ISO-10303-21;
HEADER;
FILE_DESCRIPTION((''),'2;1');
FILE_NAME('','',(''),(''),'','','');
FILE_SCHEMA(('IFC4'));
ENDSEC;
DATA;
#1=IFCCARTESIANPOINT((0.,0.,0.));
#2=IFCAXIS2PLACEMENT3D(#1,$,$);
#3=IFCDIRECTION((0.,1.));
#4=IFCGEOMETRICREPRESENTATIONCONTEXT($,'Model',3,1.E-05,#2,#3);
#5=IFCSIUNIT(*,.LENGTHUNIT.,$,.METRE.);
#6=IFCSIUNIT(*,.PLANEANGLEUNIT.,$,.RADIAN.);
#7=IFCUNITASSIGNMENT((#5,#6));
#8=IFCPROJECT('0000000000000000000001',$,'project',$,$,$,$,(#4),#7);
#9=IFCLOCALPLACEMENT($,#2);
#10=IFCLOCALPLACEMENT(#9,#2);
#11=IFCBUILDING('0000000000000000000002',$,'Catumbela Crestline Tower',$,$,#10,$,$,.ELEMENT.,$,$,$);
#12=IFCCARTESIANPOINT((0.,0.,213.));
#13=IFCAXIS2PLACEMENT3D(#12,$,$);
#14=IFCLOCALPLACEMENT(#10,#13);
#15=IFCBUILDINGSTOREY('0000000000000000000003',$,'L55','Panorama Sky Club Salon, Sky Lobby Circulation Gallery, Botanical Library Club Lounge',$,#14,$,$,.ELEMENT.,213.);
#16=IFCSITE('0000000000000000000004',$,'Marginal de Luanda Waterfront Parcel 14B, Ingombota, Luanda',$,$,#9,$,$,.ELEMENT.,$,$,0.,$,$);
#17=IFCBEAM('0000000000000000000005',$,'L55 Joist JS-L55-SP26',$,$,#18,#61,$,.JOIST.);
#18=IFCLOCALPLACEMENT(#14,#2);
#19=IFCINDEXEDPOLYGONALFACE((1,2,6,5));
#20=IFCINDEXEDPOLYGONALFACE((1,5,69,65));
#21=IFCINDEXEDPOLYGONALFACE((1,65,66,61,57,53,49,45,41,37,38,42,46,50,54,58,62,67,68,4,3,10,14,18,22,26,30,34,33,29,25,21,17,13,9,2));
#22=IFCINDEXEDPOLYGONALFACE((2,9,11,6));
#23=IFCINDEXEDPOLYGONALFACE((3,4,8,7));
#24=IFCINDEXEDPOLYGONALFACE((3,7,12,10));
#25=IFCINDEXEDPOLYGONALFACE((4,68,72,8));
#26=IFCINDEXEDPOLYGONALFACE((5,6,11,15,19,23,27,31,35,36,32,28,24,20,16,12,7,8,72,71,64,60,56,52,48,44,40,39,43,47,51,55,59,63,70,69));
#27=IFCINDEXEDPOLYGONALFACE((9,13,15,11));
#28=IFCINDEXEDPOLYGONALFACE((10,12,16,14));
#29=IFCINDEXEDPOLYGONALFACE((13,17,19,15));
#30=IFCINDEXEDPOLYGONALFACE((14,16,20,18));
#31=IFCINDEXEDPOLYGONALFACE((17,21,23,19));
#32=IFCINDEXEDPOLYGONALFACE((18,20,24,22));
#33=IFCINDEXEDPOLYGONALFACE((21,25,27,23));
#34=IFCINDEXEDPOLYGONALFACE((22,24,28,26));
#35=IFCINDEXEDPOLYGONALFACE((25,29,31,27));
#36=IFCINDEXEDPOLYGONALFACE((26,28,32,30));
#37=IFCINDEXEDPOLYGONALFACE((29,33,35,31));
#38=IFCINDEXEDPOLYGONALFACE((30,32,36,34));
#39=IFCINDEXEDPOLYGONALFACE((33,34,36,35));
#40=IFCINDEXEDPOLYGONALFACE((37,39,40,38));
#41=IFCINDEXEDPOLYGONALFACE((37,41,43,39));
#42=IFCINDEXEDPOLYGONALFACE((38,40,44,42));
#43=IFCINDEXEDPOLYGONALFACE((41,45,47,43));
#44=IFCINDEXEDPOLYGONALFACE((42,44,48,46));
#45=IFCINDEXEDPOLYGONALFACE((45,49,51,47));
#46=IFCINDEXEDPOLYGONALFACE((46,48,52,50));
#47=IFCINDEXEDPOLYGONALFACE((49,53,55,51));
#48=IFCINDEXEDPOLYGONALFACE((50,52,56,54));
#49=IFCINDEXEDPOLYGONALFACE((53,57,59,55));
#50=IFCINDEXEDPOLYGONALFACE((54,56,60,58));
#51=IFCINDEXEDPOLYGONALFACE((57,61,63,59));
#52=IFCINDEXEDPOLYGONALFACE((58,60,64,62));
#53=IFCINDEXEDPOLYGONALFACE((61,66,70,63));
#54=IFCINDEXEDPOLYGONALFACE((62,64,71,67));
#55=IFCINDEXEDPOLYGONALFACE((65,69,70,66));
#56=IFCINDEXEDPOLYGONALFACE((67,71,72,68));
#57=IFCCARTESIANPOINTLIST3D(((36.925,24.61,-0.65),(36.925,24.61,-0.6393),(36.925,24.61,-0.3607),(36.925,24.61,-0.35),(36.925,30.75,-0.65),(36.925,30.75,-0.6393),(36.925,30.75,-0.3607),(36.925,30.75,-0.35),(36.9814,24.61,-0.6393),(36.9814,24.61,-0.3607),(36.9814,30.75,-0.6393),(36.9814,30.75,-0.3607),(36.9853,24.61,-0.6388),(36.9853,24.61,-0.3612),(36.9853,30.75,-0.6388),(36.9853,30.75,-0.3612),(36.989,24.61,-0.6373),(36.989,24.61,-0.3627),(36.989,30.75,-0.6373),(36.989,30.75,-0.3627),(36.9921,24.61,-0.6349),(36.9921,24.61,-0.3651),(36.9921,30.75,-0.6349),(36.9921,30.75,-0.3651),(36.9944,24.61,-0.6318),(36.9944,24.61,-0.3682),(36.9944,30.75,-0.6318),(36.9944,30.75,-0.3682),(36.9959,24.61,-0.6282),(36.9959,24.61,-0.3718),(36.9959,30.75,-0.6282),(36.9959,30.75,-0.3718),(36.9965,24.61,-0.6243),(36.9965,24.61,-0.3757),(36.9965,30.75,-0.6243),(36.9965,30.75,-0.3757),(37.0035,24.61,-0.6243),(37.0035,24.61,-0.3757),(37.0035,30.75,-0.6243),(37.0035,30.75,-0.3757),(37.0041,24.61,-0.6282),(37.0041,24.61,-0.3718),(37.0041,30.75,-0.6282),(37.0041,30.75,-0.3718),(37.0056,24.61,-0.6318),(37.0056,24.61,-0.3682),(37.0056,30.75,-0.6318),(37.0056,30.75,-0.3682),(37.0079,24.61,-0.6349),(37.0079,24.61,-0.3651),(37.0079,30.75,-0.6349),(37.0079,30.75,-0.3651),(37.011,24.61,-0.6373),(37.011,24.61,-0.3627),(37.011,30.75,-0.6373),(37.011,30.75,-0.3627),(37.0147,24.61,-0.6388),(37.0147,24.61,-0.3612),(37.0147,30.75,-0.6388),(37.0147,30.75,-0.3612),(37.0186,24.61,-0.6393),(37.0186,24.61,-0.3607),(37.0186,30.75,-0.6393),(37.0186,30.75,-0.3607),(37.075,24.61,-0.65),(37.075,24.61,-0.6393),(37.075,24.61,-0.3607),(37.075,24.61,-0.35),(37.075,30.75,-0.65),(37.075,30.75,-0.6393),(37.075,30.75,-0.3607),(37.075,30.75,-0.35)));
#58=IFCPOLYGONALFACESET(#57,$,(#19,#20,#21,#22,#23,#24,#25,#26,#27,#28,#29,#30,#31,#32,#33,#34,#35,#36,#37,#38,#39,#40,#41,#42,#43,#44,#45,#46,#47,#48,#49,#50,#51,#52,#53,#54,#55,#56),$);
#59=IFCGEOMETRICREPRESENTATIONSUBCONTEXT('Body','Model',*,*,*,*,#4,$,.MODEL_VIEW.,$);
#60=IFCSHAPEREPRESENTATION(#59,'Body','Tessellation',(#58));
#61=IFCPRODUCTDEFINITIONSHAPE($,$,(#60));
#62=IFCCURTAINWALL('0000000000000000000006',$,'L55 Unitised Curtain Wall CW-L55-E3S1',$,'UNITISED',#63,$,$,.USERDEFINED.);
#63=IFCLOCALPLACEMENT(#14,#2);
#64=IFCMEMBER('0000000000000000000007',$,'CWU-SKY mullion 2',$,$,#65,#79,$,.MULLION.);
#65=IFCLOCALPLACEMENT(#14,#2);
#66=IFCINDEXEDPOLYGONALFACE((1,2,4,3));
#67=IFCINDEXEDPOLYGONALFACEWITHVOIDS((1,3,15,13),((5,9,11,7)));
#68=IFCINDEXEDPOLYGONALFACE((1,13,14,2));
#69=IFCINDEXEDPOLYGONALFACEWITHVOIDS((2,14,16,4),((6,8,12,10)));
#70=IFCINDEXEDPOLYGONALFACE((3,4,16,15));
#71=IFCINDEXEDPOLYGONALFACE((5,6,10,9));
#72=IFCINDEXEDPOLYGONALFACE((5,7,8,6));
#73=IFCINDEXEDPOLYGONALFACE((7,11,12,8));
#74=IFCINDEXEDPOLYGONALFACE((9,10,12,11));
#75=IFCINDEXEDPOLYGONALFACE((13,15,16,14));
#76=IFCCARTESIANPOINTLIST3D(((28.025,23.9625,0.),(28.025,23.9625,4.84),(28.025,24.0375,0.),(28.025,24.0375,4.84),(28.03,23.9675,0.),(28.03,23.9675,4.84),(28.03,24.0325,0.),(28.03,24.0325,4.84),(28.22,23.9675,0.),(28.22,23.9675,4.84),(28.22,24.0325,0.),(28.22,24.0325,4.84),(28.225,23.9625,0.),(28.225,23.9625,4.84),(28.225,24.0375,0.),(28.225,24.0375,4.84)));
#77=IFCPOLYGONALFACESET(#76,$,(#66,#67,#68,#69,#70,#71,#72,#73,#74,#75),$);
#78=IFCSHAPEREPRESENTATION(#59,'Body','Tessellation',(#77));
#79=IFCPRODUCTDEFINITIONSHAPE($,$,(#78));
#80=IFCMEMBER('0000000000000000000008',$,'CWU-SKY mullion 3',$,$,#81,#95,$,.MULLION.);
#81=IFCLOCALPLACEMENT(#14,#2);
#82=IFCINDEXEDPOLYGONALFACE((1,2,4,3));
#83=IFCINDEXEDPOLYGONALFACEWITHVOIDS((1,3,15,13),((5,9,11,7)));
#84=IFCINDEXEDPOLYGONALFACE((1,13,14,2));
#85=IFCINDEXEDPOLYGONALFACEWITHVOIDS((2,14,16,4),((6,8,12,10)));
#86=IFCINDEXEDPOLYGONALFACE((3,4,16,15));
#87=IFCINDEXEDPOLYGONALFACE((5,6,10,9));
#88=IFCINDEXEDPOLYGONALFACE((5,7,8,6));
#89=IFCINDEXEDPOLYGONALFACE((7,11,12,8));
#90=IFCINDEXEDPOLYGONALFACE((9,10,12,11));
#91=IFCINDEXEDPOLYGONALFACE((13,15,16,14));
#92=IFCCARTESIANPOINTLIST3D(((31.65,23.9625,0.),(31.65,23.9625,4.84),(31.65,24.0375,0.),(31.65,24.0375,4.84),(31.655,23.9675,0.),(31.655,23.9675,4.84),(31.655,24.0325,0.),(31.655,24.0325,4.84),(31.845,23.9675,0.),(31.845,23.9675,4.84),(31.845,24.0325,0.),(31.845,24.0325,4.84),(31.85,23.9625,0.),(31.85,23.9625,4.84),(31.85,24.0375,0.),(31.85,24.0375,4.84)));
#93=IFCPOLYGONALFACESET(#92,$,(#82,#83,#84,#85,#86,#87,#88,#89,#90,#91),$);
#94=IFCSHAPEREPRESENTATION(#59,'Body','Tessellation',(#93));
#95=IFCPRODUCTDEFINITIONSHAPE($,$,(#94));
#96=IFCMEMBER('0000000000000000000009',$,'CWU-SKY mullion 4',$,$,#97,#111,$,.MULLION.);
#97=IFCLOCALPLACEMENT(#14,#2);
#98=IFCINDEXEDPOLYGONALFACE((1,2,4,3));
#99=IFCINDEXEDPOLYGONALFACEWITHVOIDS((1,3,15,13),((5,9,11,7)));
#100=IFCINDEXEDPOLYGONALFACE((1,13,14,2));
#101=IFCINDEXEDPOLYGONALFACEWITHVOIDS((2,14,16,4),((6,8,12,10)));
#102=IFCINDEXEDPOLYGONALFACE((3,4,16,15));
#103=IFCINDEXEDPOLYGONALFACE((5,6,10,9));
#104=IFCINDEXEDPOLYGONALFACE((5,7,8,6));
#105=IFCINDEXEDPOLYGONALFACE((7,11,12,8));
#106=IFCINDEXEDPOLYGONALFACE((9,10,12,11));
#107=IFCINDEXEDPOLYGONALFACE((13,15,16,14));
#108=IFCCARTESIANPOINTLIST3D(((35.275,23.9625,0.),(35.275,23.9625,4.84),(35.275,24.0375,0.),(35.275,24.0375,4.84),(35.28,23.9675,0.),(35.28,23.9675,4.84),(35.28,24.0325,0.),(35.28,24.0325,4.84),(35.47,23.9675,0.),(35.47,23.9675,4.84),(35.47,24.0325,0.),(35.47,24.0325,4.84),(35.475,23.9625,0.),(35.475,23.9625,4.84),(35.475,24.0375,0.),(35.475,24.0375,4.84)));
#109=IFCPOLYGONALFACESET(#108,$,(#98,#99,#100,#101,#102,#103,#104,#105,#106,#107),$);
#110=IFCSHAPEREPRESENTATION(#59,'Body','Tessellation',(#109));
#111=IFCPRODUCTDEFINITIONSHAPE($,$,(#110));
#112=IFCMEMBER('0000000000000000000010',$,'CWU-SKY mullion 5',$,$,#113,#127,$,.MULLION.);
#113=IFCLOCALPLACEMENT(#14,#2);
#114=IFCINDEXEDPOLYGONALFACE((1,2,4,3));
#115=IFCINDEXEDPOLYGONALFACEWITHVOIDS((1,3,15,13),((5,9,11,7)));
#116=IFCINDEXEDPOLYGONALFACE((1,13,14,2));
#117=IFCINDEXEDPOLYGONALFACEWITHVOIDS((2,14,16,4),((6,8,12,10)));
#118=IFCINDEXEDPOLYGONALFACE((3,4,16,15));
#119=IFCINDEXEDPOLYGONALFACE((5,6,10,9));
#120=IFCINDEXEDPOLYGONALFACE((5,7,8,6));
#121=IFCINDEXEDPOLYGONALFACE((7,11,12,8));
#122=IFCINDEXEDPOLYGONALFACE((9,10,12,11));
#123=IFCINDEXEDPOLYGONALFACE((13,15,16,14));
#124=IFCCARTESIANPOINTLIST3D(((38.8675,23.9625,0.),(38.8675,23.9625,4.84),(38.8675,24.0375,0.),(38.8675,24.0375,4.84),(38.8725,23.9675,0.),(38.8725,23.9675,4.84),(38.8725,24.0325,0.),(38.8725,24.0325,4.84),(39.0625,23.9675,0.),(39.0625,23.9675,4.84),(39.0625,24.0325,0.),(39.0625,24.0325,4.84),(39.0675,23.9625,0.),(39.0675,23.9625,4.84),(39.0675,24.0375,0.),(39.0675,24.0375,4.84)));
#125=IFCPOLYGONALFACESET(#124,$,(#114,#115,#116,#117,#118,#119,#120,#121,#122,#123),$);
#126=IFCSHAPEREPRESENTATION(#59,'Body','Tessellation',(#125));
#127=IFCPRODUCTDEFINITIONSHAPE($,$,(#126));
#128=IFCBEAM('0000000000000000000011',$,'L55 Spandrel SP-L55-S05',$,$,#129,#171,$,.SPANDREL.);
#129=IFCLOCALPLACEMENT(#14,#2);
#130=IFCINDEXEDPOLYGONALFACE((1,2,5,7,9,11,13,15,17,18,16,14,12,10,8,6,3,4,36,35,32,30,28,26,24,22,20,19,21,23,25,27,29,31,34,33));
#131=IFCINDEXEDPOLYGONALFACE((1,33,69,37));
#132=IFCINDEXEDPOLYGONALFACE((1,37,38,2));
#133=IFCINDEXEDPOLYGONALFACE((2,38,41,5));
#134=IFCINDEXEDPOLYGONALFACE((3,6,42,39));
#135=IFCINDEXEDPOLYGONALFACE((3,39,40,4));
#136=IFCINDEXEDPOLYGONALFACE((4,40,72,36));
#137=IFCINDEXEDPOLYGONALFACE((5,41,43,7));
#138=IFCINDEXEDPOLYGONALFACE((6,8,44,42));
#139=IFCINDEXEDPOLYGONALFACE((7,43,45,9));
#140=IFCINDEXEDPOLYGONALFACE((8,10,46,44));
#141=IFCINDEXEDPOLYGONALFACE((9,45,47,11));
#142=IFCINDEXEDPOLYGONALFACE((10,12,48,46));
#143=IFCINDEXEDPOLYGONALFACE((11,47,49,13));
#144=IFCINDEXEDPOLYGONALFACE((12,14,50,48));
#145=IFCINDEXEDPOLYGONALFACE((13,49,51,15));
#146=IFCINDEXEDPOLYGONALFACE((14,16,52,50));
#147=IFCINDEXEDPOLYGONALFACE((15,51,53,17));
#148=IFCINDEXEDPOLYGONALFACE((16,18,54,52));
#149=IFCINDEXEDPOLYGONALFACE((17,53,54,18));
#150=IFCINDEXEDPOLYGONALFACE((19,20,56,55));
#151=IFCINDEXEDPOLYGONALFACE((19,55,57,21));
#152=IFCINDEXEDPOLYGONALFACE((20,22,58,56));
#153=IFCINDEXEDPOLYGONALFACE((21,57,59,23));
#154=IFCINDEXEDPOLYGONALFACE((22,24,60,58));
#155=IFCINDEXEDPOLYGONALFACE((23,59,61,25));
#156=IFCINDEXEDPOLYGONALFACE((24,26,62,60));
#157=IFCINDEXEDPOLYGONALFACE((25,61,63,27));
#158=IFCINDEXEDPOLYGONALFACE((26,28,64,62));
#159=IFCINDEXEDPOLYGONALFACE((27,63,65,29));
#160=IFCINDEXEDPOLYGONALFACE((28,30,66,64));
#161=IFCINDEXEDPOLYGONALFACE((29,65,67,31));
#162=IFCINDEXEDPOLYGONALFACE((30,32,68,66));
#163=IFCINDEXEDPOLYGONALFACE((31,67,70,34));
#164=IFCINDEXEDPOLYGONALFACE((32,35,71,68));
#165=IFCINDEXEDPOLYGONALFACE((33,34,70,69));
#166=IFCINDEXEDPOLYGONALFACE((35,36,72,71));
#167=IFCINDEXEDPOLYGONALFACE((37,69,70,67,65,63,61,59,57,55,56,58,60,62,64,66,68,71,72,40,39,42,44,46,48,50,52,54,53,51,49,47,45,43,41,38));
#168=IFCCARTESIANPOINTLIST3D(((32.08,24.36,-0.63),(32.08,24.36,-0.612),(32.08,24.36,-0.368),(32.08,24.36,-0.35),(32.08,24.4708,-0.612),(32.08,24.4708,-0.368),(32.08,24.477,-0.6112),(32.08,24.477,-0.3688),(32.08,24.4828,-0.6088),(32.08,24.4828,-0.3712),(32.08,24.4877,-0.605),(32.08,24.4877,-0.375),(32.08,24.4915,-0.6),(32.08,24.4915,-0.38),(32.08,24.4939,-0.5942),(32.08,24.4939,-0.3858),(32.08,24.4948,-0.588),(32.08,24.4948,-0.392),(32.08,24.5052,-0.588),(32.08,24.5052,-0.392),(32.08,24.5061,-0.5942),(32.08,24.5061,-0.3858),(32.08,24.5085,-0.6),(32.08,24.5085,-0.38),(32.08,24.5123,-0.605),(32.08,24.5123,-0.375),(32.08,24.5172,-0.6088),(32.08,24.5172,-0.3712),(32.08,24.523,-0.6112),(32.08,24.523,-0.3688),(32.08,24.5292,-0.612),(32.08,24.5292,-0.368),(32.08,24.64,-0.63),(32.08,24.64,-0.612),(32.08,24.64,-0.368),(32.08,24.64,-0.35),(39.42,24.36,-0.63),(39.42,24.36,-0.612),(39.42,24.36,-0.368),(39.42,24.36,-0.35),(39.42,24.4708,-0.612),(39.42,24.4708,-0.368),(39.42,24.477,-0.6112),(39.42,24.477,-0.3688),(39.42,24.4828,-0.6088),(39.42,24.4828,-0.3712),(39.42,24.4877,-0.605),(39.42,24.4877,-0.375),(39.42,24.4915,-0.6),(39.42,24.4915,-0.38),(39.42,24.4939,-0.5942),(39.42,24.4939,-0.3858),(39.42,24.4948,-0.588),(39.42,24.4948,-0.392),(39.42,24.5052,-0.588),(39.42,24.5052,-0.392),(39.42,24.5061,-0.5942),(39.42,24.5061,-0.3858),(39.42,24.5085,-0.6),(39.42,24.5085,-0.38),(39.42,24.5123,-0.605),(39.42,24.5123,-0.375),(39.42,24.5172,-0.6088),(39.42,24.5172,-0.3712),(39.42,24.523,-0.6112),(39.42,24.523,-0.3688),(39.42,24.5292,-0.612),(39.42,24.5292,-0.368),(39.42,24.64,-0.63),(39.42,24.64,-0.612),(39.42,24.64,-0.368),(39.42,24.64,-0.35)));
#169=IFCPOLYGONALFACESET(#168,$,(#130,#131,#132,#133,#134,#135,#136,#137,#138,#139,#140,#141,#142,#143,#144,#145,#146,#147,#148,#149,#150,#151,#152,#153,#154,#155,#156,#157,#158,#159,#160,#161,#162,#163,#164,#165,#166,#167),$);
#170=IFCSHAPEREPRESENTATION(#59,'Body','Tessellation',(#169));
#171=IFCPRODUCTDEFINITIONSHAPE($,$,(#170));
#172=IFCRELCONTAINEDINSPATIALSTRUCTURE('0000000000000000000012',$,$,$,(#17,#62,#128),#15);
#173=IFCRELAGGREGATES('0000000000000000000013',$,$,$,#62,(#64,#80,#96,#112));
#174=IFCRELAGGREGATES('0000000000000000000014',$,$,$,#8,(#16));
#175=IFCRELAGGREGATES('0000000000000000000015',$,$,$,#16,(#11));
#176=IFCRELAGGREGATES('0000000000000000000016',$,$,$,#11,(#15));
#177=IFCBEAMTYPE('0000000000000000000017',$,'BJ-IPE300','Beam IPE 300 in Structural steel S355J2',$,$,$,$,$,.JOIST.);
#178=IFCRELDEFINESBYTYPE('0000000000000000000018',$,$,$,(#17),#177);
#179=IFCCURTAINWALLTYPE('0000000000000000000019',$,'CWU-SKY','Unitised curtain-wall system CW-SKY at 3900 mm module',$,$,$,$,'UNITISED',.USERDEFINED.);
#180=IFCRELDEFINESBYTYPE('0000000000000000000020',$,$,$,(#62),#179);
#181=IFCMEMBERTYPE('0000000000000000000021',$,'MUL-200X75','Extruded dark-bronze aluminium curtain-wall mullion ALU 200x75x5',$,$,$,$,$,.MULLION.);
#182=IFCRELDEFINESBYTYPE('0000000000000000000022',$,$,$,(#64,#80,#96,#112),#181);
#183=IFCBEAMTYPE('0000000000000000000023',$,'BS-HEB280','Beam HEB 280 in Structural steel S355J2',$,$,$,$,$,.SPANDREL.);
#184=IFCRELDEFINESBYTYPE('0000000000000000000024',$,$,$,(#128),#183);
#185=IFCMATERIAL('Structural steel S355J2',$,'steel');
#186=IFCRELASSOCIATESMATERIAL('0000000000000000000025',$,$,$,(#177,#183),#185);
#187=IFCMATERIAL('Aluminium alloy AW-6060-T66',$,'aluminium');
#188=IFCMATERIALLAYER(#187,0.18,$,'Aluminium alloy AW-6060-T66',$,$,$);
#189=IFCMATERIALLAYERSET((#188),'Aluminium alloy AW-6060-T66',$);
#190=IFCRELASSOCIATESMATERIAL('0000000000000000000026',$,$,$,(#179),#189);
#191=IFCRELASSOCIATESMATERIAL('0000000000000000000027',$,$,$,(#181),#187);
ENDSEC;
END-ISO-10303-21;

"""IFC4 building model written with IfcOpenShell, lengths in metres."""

from ifc_helpers import new_model, si_unit, direction, frame, origin, origin_2d, place, context, subcontext, project, spatial, hollow_rectangle, i_section, extrude, material, layer, layer_set, material_profile, profile_set, type_object, element, aggregate, save


model = new_model("IFC4")

# Units and contexts
model_context = context("Model", 3, precision=1e-05, world=origin(), true_north=direction((0.0, 1.0)))
body_context = subcontext(model_context, "Body", "Model", "MODEL_VIEW")
ifc_project = project(units=[si_unit("LENGTHUNIT", "METRE"), si_unit("PLANEANGLEUNIT", "RADIAN")], contexts=[model_context])

# Site, building, storey
site_placement = place(None, origin())
site = spatial("IfcSite", under=ifc_project, at=site_placement, Name="Marginal de Luanda Waterfront Parcel 14B, Ingombota, Luanda", CompositionType="ELEMENT", RefElevation=0.0)
building_placement = place(site_placement, origin())
building = spatial("IfcBuilding", under=site, at=building_placement, Name="Catumbela Crestline Tower", CompositionType="ELEMENT")
storey_placement = place(building_placement, frame((0.0, 0.0, 213.0)))
storey = spatial("IfcBuildingStorey", under=building, at=storey_placement, Name="L55", Description="Panorama Sky Club Salon, Sky Lobby Circulation Gallery, Botanical Library Club Lounge", CompositionType="ELEMENT", Elevation=213.0)

# Shared definitions
ifc_material_1 = material(Name="Structural steel S355J2", Category="steel")

# Beam
ifc_material_profile_1 = material_profile(ifc_material_1, i_section(OverallWidth=0.15, OverallDepth=0.3, WebThickness=0.0071, FlangeThickness=0.0107, FilletRadius=0.015, at=origin_2d()), Name="IPE 300")
ifc_profile_set_1 = profile_set([ifc_material_profile_1], Name="Structural steel S355J2")
beam_type_1 = type_object("IfcBeamType", Name="BJ-IPE300", Description="Beam IPE 300 in Structural steel S355J2", PredefinedType="JOIST", material=ifc_profile_set_1)
for number, where, z_axis, x_axis, name in (
    (1, (37.0, 24.61, -0.5), (0.0, 1.0, 0.0), (-1.0, 0.0, 0.0), "L55 Joist JS-L55-SP26"),
):
    element("IfcBeam", number, at=place(storey_placement, frame(where, z_axis=z_axis, x_axis=x_axis)), inside=storey, type_object=beam_type_1, Name=name, PredefinedType="JOIST", context=body_context, shape_type="SweptSolid", body=[
        extrude(i_section(OverallWidth=0.15, OverallDepth=0.3, WebThickness=0.0071, FlangeThickness=0.0107, FilletRadius=0.015, at=origin_2d()), origin(), (0.0, 0.0, 1.0), 6.14),
    ])

# Curtain wall, members
ifc_material_2 = material(Name="Aluminium alloy AW-6060-T66", Category="aluminium")
ifc_layer_1 = layer(ifc_material_2, 0.18, Name="Aluminium alloy AW-6060-T66")
ifc_layer_set_1 = layer_set([ifc_layer_1], Name="Aluminium alloy AW-6060-T66")
curtain_wall_type = type_object("IfcCurtainWallType", Name="CWU-SKY", Description="Unitised curtain-wall system CW-SKY at 3900 mm module", ElementType="UNITISED", PredefinedType="USERDEFINED", material=ifc_layer_set_1)
curtain_wall_placement = place(storey_placement, origin())
curtain_wall = element("IfcCurtainWall", 2, at=curtain_wall_placement, inside=storey, type_object=curtain_wall_type, Name="L55 Unitised Curtain Wall CW-L55-E3S1", ObjectType="UNITISED", PredefinedType="USERDEFINED")
ifc_material_profile_2 = material_profile(ifc_material_2, hollow_rectangle(XDim=0.075, YDim=0.2, WallThickness=0.005, at=origin_2d()), Name="ALU 200x75x5")
ifc_profile_set_2 = profile_set([ifc_material_profile_2], Name="Aluminium alloy AW-6060-T66")
member_type_1 = type_object("IfcMemberType", Name="MUL-200X75", Description="Extruded dark-bronze aluminium curtain-wall mullion ALU 200x75x5", PredefinedType="MULLION", material=ifc_profile_set_2)
member_1_placement = place(storey_placement, frame((28.125, 24.0, 0.0), z_axis=(0.0, 0.0, 1.0), x_axis=(0.0, 1.0, 0.0)))
member_1 = element("IfcMember", 3, at=member_1_placement, type_object=member_type_1, Name="CWU-SKY mullion 2", PredefinedType="MULLION", context=body_context, shape_type="SweptSolid", body=[
    extrude(hollow_rectangle(XDim=0.075, YDim=0.2, WallThickness=0.005, at=origin_2d()), origin(), (0.0, 0.0, 1.0), 4.84),
])
member_2_placement = place(storey_placement, frame((31.75, 24.0, 0.0), z_axis=(0.0, 0.0, 1.0), x_axis=(0.0, 1.0, 0.0)))
member_2 = element("IfcMember", 4, at=member_2_placement, type_object=member_type_1, Name="CWU-SKY mullion 3", PredefinedType="MULLION", context=body_context, shape_type="SweptSolid", body=[
    extrude(hollow_rectangle(XDim=0.075, YDim=0.2, WallThickness=0.005, at=origin_2d()), origin(), (0.0, 0.0, 1.0), 4.84),
])
member_3_placement = place(storey_placement, frame((35.375, 24.0, 0.0), z_axis=(0.0, 0.0, 1.0), x_axis=(0.0, 1.0, 0.0)))
member_3 = element("IfcMember", 5, at=member_3_placement, type_object=member_type_1, Name="CWU-SKY mullion 4", PredefinedType="MULLION", context=body_context, shape_type="SweptSolid", body=[
    extrude(hollow_rectangle(XDim=0.075, YDim=0.2, WallThickness=0.005, at=origin_2d()), origin(), (0.0, 0.0, 1.0), 4.84),
])
member_4_placement = place(storey_placement, frame((38.9675, 24.0, 0.0), z_axis=(0.0, 0.0, 1.0), x_axis=(0.0, 1.0, 0.0)))
member_4 = element("IfcMember", 6, at=member_4_placement, type_object=member_type_1, Name="CWU-SKY mullion 5", PredefinedType="MULLION", context=body_context, shape_type="SweptSolid", body=[
    extrude(hollow_rectangle(XDim=0.075, YDim=0.2, WallThickness=0.005, at=origin_2d()), origin(), (0.0, 0.0, 1.0), 4.84),
])

# Beam
ifc_material_profile_3 = material_profile(ifc_material_1, i_section(OverallWidth=0.28, OverallDepth=0.28, WebThickness=0.0105, FlangeThickness=0.018, FilletRadius=0.024, at=origin_2d()), Name="HEB 280")
ifc_profile_set_3 = profile_set([ifc_material_profile_3], Name="Structural steel S355J2")
beam_type_2 = type_object("IfcBeamType", Name="BS-HEB280", Description="Beam HEB 280 in Structural steel S355J2", PredefinedType="SPANDREL", material=ifc_profile_set_3)
beam_1_placement = place(storey_placement, frame((32.08, 24.5, -0.49), z_axis=(1.0, 0.0, 0.0), x_axis=(0.0, 1.0, 0.0)))
element("IfcBeam", 7, at=beam_1_placement, inside=storey, type_object=beam_type_2, Name="L55 Spandrel SP-L55-S05", PredefinedType="SPANDREL", context=body_context, shape_type="SweptSolid", body=[
    extrude(i_section(OverallWidth=0.28, OverallDepth=0.28, WebThickness=0.0105, FlangeThickness=0.018, FilletRadius=0.024, at=origin_2d()), origin(), (0.0, 0.0, 1.0), 7.34),
])

aggregate(curtain_wall, [member_1, member_2, member_3, member_4])

save(model, "model.ifc")
